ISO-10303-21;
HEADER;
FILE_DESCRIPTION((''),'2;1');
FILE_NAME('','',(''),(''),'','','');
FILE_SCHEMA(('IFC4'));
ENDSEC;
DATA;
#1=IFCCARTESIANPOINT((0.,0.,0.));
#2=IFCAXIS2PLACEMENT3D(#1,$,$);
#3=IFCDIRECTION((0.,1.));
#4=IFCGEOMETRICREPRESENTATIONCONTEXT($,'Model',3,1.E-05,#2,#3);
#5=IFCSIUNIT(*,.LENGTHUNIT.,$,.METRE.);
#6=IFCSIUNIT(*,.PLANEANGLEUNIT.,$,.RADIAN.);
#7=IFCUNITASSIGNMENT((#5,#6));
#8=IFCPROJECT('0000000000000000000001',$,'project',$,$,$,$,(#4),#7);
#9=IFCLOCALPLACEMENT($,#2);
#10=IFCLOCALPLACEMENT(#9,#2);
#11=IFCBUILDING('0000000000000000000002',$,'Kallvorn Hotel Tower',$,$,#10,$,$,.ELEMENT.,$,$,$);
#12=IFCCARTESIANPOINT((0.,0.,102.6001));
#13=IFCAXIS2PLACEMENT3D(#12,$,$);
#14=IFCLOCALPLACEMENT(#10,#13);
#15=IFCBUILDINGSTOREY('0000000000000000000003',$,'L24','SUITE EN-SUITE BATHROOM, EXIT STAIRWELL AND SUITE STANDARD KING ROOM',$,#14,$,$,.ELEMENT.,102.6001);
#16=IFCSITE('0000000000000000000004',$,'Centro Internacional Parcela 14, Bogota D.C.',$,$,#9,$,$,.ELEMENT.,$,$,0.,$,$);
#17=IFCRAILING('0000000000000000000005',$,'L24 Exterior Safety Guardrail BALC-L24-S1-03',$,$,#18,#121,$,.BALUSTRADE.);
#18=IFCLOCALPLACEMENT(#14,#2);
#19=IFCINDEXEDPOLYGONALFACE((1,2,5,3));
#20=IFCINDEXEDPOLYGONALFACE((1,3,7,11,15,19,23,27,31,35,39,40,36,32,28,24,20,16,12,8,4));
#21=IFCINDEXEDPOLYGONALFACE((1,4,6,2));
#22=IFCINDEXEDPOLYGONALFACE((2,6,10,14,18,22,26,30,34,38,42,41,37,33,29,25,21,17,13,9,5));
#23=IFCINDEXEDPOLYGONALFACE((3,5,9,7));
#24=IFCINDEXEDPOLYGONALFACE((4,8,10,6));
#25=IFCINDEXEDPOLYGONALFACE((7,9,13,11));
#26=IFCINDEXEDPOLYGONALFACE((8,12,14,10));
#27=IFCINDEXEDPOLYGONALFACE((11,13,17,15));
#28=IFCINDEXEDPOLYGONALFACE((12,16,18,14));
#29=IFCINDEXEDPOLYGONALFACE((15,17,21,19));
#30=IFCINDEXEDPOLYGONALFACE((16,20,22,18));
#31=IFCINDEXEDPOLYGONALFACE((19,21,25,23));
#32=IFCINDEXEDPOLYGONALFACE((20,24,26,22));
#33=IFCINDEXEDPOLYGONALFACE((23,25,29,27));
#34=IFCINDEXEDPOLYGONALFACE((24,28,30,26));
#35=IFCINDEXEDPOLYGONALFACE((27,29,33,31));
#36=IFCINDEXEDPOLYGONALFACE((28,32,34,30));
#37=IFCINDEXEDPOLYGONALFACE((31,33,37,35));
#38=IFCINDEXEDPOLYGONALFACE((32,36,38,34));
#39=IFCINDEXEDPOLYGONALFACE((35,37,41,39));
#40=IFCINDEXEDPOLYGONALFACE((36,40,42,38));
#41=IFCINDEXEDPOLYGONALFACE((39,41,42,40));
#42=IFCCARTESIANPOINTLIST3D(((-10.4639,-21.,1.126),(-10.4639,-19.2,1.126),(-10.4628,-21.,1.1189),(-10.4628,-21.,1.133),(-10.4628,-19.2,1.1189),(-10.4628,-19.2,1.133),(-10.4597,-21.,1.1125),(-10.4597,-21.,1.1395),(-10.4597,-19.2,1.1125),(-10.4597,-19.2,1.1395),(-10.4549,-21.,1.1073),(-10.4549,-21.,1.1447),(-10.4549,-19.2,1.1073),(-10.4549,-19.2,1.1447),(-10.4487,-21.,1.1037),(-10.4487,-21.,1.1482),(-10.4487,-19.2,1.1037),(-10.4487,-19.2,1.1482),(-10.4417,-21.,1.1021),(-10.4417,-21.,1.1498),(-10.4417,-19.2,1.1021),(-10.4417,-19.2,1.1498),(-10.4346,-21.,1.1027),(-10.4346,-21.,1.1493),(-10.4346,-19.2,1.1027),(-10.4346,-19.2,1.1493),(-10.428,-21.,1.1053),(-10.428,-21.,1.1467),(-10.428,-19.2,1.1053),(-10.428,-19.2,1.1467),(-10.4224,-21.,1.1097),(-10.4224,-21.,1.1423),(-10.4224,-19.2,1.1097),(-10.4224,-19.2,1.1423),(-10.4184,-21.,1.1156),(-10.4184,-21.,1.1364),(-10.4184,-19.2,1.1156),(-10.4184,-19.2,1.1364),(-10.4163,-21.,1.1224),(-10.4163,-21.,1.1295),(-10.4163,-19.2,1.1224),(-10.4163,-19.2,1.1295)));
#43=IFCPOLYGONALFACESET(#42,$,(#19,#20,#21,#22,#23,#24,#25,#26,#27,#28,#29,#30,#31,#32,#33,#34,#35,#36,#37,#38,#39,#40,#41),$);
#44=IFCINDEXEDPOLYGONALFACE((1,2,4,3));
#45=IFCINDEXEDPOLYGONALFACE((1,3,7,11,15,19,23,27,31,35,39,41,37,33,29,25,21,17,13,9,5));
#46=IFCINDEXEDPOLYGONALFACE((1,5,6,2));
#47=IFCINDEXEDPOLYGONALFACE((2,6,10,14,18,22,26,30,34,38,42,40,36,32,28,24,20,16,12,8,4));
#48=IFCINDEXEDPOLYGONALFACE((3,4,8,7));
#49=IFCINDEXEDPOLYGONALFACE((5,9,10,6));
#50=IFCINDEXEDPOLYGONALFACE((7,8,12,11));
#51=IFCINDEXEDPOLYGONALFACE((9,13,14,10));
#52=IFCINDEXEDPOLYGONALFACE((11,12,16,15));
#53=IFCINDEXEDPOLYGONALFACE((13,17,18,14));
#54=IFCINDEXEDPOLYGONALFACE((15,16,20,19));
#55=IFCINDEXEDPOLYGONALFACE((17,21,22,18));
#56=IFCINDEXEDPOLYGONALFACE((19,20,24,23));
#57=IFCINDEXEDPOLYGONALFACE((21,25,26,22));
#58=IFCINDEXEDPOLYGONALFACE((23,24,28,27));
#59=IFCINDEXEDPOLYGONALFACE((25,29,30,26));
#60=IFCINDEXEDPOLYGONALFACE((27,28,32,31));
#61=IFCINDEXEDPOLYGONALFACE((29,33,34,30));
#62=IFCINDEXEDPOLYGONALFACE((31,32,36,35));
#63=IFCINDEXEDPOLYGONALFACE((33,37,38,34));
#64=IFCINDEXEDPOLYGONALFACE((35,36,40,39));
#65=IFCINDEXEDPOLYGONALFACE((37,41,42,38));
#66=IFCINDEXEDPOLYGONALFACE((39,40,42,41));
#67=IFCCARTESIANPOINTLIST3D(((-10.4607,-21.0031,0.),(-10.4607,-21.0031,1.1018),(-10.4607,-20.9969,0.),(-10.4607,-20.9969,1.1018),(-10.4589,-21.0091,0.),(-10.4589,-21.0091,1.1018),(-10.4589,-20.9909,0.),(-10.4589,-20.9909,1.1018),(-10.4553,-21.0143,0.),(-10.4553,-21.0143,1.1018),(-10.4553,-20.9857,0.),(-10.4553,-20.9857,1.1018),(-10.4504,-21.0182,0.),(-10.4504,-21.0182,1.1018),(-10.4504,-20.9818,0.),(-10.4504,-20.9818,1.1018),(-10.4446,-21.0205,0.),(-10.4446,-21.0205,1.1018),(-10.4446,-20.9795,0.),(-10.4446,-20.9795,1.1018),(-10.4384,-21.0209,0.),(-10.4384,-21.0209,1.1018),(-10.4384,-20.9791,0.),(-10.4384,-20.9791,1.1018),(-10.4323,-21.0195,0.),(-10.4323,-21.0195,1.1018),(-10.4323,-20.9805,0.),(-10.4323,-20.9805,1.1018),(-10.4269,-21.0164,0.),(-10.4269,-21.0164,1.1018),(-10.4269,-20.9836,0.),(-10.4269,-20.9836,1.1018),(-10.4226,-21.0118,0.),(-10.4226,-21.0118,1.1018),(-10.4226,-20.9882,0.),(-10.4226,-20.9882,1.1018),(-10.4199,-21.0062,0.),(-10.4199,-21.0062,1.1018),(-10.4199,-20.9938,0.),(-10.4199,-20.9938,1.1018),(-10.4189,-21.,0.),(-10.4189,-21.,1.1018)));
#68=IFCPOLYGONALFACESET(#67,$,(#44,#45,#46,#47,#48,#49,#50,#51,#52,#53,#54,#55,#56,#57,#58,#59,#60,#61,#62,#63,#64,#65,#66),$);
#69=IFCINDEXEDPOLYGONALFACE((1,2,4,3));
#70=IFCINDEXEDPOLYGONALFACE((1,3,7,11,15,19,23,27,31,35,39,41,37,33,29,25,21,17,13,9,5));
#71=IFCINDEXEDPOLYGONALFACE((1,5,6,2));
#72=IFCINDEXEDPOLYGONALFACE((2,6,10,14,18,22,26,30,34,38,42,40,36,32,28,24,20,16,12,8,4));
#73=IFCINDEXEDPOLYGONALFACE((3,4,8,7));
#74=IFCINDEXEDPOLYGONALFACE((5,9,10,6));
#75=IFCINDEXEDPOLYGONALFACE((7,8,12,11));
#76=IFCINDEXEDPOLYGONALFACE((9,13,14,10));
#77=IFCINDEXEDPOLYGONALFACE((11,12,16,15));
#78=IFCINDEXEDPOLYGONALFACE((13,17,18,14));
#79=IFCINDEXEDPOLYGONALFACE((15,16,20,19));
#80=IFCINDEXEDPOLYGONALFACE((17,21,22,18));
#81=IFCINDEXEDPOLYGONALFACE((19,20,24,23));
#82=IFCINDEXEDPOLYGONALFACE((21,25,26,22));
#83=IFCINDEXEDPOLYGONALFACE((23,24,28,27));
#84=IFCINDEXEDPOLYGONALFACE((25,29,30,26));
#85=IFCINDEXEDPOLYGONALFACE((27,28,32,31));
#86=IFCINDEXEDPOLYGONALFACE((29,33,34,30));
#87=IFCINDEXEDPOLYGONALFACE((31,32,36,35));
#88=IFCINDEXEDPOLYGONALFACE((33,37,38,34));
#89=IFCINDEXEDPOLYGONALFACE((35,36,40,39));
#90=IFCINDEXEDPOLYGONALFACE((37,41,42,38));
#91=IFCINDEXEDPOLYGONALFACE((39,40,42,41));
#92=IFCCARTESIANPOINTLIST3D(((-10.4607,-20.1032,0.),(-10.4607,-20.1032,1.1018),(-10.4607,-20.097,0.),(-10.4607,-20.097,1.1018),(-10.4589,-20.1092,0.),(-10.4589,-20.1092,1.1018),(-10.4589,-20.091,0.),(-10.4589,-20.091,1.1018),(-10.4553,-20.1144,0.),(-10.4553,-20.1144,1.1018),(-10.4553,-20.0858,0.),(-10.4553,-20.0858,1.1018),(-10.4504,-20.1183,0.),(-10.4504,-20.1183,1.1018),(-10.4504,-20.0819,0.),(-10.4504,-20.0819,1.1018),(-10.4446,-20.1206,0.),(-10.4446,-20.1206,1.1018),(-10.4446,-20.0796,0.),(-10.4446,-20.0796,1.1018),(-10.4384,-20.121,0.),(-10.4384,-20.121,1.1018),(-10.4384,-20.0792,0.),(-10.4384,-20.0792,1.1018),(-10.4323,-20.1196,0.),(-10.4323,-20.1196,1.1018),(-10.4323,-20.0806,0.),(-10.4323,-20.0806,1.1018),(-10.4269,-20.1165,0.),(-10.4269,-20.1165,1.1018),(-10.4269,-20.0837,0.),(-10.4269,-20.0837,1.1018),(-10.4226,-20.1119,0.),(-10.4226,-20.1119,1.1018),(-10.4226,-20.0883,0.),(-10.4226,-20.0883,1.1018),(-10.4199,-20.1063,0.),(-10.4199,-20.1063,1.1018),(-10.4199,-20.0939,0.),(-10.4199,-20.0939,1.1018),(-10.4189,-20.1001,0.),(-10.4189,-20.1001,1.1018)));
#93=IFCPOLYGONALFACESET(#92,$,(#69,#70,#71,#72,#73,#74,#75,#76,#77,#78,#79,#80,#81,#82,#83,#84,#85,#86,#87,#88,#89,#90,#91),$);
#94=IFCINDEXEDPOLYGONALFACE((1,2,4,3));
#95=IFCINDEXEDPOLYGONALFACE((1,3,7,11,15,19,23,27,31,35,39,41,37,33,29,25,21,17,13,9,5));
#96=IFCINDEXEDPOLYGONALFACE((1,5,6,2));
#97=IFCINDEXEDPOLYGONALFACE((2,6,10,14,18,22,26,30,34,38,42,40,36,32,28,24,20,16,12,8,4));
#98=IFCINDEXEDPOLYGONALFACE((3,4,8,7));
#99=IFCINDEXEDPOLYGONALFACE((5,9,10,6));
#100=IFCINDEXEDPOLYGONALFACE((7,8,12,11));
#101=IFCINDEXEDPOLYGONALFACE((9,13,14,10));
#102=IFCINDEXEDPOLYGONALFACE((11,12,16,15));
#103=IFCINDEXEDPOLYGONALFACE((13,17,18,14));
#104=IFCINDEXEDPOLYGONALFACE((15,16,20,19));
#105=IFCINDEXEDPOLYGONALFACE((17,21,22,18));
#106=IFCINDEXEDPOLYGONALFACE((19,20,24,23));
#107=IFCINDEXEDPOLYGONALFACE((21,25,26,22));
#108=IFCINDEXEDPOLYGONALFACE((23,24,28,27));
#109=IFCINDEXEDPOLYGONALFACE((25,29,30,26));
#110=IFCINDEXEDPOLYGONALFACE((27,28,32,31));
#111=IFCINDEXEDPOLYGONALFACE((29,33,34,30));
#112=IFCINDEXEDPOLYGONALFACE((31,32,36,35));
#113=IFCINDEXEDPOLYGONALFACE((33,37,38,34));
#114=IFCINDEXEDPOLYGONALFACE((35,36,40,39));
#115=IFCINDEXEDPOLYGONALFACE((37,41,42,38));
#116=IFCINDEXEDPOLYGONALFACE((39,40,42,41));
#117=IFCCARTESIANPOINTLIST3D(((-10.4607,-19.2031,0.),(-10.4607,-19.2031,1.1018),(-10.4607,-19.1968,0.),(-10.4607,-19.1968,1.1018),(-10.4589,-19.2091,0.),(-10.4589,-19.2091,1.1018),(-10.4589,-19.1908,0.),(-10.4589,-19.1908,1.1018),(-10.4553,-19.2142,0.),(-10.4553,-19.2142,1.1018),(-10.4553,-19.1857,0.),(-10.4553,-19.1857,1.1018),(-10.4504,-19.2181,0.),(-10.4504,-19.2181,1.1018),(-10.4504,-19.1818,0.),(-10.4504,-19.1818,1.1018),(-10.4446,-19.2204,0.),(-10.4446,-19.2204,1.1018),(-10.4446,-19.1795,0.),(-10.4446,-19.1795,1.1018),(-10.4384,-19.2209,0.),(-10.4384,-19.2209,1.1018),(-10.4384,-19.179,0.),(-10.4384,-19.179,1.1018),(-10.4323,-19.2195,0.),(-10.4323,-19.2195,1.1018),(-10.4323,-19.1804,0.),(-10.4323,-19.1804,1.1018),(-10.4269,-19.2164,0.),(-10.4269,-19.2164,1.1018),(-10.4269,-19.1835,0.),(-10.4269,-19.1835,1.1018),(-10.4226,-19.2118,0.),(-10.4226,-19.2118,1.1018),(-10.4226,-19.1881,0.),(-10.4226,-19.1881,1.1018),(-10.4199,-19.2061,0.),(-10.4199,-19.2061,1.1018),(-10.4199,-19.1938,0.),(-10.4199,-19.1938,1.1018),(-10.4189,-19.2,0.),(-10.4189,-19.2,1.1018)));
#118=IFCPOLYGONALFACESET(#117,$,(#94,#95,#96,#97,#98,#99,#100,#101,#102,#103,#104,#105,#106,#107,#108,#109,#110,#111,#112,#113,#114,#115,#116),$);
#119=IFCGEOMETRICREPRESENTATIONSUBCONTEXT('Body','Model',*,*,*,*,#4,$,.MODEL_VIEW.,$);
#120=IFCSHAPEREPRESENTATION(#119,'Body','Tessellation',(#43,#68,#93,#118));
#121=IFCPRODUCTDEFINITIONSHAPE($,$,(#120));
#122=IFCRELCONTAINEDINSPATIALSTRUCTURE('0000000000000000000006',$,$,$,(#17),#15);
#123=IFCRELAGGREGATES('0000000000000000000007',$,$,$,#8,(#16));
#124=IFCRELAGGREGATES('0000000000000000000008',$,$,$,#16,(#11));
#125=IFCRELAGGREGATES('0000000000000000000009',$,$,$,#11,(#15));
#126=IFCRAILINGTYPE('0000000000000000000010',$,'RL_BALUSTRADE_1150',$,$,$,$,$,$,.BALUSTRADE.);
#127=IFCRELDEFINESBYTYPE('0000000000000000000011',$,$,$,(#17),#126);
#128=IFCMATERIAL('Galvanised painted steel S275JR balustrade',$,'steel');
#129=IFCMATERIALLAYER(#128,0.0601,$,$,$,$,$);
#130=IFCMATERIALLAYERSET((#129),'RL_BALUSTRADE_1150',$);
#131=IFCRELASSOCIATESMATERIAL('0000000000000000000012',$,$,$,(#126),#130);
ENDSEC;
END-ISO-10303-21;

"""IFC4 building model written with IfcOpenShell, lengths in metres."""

from ifc_helpers import new_model, si_unit, direction, frame, origin, origin_2d, place, context, subcontext, project, spatial, circle, extrude, material, layer, layer_set, type_object, element, save


model = new_model("IFC4")

# Units and contexts
model_context = context("Model", 3, precision=1e-05, world=origin(), true_north=direction((0.0, 1.0)))
body_context = subcontext(model_context, "Body", "Model", "MODEL_VIEW")
ifc_project = project(units=[si_unit("LENGTHUNIT", "METRE"), si_unit("PLANEANGLEUNIT", "RADIAN")], contexts=[model_context])

# Site, building, storey
site_placement = place(None, origin())
site = spatial("IfcSite", under=ifc_project, at=site_placement, Name="Centro Internacional Parcela 14, Bogota D.C.", CompositionType="ELEMENT", RefElevation=0.0)
building_placement = place(site_placement, origin())
building = spatial("IfcBuilding", under=site, at=building_placement, Name="Kallvorn Hotel Tower", CompositionType="ELEMENT")
storey_placement = place(building_placement, frame((0.0, 0.0, 102.6001)))
storey = spatial("IfcBuildingStorey", under=building, at=storey_placement, Name="L24", Description="SUITE EN-SUITE BATHROOM, EXIT STAIRWELL AND SUITE STANDARD KING ROOM", CompositionType="ELEMENT", Elevation=102.6001)

# Railing
ifc_material_1 = material(Name="Galvanised painted steel S275JR balustrade", Category="steel")
ifc_layer_1 = layer(ifc_material_1, 0.0601)
ifc_layer_set_1 = layer_set([ifc_layer_1], Name="RL_BALUSTRADE_1150")
railing_type = type_object("IfcRailingType", Name="RL_BALUSTRADE_1150", PredefinedType="BALUSTRADE", material=ifc_layer_set_1)
railing_1_placement = place(storey_placement, frame((-10.4399, -21.0, 0.0)))
element("IfcRailing", 1, at=railing_1_placement, inside=storey, type_object=railing_type, Name="L24 Exterior Safety Guardrail BALC-L24-S1-03", PredefinedType="BALUSTRADE", context=body_context, shape_type="SweptSolid", body=[
    extrude(circle(Radius=0.0239, at=origin_2d()), frame((0.0, 0.0, 1.126), z_axis=(0.0, 1.0, 0.0), x_axis=(-1.0, 0.0, 0.0)), (0.0, 0.0, 1.0), 1.8),
    extrude(circle(Radius=0.021, at=origin_2d()), origin(), (0.0, 0.0, 1.0), 1.1018),
    extrude(circle(Radius=0.021, at=origin_2d()), frame((0.0, 0.8999, 0.0)), (0.0, 0.0, 1.0), 1.1018),
    extrude(circle(Radius=0.021, at=origin_2d()), frame((0.0, 1.8, 0.0)), (0.0, 0.0, 1.0), 1.1018),
])

save(model, "model.ifc")
